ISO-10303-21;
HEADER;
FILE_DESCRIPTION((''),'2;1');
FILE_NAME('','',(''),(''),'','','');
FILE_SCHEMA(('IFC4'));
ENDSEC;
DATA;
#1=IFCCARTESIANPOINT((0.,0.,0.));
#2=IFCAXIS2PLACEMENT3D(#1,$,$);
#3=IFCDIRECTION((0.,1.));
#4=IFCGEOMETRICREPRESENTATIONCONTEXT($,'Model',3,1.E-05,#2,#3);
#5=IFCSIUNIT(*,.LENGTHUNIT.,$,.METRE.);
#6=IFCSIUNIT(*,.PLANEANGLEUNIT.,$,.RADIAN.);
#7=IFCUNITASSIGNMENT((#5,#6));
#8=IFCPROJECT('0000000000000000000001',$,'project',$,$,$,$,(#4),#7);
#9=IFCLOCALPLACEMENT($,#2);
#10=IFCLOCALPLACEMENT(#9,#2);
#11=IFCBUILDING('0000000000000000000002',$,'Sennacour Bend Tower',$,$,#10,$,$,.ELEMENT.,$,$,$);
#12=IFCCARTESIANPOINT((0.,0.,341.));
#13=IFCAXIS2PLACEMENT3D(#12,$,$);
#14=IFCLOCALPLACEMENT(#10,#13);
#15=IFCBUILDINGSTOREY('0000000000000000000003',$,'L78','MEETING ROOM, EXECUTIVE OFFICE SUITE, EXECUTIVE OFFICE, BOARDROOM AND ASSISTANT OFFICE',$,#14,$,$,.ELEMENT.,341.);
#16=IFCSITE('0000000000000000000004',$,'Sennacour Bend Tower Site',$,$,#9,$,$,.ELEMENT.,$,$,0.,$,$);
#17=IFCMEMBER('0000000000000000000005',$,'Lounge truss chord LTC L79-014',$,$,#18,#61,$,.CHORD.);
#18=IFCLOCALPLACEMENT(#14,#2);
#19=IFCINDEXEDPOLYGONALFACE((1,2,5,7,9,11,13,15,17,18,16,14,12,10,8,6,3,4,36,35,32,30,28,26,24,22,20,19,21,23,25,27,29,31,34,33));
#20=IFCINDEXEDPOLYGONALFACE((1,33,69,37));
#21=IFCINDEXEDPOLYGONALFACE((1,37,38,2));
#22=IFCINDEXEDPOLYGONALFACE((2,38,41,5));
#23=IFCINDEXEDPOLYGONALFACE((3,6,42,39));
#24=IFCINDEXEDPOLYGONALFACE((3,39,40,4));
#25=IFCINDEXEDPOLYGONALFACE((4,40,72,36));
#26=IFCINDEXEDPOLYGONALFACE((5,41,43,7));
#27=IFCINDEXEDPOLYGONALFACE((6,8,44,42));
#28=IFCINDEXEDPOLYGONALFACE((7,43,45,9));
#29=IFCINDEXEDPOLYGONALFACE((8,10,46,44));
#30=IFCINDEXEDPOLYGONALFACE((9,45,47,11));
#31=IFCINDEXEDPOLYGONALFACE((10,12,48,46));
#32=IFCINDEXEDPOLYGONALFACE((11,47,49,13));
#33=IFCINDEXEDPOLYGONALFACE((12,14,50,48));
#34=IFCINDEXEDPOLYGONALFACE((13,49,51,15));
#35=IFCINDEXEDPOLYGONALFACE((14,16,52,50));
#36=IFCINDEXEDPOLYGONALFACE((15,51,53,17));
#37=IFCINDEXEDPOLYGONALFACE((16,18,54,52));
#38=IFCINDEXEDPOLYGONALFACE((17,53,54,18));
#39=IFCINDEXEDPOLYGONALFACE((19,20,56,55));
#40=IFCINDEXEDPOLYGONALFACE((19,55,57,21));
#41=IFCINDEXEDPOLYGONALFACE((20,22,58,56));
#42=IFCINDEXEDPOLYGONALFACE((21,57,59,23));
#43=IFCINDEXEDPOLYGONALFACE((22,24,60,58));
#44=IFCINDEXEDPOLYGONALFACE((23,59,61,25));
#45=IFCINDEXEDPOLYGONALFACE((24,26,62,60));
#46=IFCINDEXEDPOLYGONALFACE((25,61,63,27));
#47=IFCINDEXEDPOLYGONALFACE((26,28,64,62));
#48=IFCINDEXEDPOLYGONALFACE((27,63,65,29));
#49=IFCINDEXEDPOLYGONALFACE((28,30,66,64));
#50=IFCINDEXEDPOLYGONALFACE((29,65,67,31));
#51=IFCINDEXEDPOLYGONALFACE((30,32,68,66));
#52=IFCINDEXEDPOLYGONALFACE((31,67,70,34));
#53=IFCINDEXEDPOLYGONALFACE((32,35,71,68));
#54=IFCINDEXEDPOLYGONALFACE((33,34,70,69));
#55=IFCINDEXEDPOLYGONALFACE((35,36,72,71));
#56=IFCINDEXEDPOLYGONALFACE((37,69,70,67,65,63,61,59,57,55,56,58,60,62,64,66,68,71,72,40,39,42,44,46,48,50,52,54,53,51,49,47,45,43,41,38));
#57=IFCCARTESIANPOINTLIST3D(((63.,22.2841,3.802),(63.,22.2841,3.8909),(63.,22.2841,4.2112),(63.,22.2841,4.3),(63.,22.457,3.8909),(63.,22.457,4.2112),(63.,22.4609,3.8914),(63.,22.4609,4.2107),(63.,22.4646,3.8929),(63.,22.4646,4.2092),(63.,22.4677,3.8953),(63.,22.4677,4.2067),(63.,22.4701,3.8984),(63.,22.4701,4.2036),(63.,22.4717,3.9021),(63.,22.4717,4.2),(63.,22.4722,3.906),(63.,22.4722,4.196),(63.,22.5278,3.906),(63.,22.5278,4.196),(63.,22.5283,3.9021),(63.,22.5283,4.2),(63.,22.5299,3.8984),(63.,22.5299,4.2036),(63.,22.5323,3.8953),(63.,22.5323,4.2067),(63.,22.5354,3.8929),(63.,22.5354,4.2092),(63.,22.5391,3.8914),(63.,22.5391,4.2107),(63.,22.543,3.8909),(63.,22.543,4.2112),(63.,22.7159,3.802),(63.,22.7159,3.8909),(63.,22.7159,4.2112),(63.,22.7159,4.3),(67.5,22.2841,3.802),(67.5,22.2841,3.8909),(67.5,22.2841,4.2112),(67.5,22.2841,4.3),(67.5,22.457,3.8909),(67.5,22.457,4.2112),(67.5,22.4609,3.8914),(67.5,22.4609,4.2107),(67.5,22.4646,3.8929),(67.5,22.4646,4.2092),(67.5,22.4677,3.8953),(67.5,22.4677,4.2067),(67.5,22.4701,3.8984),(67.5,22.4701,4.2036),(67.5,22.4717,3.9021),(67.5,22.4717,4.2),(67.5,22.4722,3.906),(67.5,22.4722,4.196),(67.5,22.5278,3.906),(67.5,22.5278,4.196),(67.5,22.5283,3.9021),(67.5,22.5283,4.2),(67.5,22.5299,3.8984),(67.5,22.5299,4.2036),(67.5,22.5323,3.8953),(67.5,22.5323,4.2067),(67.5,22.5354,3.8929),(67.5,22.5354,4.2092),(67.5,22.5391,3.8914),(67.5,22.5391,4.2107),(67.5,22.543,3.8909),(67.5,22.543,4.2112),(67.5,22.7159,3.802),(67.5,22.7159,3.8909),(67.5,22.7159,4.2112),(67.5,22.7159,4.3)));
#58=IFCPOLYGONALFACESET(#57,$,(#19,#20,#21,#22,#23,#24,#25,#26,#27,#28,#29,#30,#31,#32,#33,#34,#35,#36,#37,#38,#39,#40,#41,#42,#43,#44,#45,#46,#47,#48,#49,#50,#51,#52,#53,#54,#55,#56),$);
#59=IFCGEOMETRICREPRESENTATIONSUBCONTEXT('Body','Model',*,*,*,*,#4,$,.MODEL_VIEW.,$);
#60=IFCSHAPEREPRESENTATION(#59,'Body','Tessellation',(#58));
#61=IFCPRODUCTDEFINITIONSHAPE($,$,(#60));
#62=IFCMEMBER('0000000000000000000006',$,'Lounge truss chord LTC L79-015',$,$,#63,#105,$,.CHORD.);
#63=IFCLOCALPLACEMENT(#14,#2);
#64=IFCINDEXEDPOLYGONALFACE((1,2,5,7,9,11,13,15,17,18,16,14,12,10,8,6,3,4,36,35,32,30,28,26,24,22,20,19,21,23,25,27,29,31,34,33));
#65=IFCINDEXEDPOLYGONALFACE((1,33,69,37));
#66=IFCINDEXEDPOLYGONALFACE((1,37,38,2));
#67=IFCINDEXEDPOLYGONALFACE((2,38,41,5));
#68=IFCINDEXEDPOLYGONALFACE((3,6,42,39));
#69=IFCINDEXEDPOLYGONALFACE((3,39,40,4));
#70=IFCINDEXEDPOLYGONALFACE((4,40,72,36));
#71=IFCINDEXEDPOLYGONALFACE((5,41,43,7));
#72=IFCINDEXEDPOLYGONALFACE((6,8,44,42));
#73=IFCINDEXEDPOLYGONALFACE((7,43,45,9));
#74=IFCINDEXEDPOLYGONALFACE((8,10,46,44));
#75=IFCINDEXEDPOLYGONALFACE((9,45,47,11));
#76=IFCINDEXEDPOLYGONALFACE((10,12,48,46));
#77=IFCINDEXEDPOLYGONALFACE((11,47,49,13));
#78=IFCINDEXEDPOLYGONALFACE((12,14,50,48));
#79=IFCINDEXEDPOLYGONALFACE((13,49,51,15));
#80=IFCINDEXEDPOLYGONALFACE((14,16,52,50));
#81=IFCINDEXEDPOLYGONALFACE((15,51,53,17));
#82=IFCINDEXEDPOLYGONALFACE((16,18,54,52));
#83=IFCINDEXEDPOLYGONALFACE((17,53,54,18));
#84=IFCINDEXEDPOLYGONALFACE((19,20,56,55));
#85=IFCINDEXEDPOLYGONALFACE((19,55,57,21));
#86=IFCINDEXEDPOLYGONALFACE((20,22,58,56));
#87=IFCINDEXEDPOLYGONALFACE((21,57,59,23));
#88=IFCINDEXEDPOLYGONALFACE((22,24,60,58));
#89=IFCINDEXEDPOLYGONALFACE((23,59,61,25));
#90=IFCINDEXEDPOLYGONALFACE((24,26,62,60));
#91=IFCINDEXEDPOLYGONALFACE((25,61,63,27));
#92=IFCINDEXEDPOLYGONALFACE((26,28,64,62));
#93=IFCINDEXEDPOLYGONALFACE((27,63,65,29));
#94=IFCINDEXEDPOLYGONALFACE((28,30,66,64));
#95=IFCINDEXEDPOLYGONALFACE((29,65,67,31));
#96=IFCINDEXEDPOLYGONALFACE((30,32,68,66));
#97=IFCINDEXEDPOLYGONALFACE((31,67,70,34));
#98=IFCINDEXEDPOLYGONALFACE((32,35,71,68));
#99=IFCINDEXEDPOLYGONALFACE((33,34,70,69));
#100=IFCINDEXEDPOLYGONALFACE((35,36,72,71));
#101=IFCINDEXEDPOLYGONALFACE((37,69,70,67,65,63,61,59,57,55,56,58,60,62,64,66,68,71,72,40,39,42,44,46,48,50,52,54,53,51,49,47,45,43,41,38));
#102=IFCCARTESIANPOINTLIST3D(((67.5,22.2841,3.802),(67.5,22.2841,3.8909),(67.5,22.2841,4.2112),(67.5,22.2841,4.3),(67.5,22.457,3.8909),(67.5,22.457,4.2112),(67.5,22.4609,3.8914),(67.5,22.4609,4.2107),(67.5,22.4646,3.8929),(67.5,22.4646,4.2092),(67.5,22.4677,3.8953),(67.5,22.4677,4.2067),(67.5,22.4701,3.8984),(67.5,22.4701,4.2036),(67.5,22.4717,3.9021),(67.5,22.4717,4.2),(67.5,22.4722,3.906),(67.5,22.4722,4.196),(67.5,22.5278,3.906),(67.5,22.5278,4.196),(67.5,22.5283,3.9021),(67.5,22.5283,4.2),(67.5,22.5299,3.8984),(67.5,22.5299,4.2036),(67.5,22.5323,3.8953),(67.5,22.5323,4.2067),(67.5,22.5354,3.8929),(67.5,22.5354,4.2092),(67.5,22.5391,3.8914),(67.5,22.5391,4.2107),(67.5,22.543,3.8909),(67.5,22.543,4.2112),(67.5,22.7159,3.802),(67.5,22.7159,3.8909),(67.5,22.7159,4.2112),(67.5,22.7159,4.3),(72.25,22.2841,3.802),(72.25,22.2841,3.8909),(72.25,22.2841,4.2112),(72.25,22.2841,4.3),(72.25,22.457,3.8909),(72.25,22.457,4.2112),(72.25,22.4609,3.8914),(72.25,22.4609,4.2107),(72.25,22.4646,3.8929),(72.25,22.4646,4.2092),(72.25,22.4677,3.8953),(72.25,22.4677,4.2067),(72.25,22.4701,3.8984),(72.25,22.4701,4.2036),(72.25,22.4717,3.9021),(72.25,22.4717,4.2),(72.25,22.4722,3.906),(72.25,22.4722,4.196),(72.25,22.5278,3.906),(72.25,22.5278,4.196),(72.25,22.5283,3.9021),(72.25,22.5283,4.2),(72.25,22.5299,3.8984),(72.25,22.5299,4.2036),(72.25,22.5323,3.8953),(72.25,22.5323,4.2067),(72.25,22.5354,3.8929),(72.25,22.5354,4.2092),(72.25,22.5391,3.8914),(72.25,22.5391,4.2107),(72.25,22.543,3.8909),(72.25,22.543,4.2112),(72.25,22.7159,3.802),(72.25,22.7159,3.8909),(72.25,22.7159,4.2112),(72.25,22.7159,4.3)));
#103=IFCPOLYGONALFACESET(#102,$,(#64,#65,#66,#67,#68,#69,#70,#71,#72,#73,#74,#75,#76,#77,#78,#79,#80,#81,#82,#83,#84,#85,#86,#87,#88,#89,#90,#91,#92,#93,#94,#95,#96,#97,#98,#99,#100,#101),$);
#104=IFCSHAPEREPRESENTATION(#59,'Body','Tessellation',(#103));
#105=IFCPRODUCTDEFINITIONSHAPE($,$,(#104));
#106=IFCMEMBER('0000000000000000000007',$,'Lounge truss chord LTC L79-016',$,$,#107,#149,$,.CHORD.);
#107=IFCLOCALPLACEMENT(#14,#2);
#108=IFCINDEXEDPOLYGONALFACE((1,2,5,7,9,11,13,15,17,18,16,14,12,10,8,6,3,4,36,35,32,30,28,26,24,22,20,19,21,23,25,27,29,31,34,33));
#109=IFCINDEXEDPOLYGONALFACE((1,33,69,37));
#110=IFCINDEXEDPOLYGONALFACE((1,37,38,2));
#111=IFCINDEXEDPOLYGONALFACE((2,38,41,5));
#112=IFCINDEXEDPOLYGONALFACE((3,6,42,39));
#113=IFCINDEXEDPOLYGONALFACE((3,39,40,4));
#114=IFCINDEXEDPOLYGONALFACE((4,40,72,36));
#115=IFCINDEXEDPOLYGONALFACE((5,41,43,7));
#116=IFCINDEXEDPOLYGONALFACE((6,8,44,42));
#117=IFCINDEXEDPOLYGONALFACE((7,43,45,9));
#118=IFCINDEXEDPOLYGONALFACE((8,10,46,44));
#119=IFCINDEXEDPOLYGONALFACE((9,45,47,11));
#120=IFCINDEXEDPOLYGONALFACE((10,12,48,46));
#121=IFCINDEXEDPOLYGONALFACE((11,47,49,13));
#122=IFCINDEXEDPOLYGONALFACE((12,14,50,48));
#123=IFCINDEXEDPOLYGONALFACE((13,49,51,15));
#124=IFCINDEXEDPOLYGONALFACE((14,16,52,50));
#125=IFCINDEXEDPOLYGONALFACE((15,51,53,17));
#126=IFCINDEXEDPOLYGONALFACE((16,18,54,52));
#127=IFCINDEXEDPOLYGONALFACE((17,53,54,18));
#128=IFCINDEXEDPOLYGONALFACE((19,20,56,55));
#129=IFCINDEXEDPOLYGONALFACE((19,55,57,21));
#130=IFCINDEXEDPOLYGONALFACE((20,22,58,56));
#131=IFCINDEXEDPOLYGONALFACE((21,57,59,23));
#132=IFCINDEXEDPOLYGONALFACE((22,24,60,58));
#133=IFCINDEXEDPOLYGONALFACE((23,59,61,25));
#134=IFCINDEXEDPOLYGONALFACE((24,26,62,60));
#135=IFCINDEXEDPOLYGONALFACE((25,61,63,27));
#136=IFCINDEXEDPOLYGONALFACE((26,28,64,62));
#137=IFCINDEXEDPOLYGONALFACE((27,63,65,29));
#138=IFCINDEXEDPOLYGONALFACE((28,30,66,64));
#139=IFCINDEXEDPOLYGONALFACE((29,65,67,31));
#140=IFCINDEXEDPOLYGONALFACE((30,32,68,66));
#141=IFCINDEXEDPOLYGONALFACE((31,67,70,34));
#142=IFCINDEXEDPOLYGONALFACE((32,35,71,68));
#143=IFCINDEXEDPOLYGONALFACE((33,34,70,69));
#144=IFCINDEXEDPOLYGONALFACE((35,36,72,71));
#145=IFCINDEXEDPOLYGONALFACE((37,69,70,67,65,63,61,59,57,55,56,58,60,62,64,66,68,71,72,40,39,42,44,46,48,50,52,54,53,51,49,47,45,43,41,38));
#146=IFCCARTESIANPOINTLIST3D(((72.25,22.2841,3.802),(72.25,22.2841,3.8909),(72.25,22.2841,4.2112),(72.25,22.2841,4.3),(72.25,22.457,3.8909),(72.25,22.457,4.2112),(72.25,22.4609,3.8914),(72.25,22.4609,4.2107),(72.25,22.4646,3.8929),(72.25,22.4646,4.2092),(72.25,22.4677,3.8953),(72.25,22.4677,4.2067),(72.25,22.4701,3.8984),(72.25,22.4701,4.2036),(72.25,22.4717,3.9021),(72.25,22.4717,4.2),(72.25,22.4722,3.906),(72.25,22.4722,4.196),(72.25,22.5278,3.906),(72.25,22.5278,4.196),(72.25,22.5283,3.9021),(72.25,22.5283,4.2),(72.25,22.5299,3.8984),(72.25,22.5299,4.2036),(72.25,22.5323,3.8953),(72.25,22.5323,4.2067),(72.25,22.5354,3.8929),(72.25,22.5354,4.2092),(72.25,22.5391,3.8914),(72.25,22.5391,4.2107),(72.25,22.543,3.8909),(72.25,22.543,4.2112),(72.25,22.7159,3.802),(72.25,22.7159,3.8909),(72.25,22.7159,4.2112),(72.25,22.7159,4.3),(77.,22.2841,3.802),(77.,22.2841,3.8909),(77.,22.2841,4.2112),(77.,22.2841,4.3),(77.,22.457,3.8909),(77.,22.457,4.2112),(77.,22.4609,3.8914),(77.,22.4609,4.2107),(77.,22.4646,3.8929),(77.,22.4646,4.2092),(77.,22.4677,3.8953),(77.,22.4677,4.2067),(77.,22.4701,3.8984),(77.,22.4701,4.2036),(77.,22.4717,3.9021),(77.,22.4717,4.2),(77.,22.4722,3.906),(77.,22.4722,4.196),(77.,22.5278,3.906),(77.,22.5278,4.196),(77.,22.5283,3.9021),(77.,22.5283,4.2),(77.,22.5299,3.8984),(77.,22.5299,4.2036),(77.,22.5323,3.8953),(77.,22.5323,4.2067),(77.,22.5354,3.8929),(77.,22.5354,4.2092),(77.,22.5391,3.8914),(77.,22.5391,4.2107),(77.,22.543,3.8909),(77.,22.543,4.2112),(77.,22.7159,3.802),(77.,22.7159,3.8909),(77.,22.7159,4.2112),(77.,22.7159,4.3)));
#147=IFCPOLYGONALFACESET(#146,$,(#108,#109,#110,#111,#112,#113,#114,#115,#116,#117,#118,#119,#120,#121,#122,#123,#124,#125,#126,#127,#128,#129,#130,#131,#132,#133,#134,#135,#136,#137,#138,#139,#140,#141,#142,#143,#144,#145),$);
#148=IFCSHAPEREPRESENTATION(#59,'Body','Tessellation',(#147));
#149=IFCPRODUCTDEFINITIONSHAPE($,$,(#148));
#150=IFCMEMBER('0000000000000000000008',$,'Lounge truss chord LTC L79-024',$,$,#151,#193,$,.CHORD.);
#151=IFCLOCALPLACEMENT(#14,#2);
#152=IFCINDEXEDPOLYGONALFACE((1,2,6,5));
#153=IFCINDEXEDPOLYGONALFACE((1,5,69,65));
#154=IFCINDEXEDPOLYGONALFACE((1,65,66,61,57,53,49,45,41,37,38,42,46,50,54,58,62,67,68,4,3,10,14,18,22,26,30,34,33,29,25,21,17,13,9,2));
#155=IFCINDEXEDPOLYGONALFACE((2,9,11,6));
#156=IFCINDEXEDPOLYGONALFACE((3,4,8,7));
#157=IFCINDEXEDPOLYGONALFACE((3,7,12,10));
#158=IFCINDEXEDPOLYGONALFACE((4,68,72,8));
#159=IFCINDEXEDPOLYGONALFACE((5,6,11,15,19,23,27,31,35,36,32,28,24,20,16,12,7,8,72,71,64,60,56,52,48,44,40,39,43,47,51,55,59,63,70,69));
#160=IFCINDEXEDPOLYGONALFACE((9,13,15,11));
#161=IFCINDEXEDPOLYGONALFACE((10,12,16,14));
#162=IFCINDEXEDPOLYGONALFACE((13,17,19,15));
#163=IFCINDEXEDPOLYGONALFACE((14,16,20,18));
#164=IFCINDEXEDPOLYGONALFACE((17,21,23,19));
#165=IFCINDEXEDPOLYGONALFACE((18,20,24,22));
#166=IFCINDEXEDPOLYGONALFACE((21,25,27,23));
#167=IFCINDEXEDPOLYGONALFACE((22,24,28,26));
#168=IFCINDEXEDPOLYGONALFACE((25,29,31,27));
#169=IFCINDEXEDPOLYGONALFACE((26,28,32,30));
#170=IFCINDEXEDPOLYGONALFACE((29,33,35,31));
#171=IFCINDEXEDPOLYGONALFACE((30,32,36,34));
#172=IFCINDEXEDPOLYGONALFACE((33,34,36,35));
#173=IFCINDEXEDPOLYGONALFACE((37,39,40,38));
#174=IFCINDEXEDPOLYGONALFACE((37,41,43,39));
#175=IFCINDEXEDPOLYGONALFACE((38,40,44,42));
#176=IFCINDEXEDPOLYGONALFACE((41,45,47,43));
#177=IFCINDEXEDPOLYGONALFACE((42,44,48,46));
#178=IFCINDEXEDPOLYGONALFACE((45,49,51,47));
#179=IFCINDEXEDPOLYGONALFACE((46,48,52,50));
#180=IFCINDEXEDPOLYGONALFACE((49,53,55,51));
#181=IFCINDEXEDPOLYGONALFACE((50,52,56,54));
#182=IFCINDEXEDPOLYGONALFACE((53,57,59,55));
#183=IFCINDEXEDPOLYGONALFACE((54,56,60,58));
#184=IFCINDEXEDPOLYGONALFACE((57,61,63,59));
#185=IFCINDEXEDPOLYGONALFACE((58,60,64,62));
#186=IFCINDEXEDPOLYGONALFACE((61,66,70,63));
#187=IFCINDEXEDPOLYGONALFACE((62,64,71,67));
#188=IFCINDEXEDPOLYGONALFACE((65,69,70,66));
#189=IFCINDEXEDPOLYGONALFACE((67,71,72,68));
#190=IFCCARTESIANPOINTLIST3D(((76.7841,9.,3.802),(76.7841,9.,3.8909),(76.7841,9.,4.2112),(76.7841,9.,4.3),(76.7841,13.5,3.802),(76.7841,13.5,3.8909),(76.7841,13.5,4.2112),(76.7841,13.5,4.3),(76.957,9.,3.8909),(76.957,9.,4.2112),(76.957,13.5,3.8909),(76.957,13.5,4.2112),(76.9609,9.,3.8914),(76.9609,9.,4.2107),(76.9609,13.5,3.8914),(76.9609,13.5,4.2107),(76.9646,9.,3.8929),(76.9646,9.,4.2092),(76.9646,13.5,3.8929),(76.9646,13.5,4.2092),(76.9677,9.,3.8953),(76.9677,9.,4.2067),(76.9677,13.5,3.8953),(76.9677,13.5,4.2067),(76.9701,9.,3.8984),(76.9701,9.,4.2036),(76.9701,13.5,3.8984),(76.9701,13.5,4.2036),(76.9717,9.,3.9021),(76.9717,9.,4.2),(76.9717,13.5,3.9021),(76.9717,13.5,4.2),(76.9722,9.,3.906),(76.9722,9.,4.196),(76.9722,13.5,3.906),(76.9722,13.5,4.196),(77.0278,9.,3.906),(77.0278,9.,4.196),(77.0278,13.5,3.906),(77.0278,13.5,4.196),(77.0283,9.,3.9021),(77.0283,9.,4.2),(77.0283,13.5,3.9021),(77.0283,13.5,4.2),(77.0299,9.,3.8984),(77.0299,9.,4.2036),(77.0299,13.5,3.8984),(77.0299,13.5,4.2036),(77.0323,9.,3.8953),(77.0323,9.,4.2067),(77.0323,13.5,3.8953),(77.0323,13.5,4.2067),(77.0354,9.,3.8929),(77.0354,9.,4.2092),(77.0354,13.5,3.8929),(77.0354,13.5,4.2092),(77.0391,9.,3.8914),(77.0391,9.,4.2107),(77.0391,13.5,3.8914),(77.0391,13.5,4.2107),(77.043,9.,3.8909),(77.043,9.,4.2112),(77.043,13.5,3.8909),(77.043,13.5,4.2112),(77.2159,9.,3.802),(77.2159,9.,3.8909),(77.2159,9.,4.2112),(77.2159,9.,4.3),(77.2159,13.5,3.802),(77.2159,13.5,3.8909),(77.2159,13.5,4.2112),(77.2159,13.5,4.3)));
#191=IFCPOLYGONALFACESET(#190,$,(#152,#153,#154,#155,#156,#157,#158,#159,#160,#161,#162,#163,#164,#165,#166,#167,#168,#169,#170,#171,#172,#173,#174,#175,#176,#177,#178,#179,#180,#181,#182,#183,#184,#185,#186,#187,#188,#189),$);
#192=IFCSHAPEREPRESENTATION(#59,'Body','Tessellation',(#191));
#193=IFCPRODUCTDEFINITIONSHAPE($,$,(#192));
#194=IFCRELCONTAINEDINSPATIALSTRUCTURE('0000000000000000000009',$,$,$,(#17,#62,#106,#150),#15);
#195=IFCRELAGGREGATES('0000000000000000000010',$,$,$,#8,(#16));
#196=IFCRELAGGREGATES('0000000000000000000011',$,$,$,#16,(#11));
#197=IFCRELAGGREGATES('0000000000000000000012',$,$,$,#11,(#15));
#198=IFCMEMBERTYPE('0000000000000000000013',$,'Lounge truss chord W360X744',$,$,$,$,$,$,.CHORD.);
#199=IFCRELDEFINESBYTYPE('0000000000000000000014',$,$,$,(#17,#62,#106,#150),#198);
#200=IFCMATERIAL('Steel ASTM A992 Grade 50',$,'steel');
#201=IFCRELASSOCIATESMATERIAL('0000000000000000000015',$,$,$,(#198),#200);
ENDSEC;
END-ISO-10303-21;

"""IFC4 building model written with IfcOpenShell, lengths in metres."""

from ifc_helpers import new_model, si_unit, direction, frame, origin, origin_2d, place, context, subcontext, project, spatial, i_section, extrude, material, material_profile, profile_set, type_object, element, save


model = new_model("IFC4")

# Units and contexts
model_context = context("Model", 3, precision=1e-05, world=origin(), true_north=direction((0.0, 1.0)))
body_context = subcontext(model_context, "Body", "Model", "MODEL_VIEW")
ifc_project = project(units=[si_unit("LENGTHUNIT", "METRE"), si_unit("PLANEANGLEUNIT", "RADIAN")], contexts=[model_context])

# Site, building, storey
site_placement = place(None, origin())
site = spatial("IfcSite", under=ifc_project, at=site_placement, Name="Sennacour Bend Tower Site", CompositionType="ELEMENT", RefElevation=0.0)
building_placement = place(site_placement, origin())
building = spatial("IfcBuilding", under=site, at=building_placement, Name="Sennacour Bend Tower", CompositionType="ELEMENT")
storey_placement = place(building_placement, frame((0.0, 0.0, 341.0)))
storey = spatial("IfcBuildingStorey", under=building, at=storey_placement, Name="L78", Description="MEETING ROOM, EXECUTIVE OFFICE SUITE, EXECUTIVE OFFICE, BOARDROOM AND ASSISTANT OFFICE", CompositionType="ELEMENT", Elevation=341.0)

# Members
ifc_material_1 = material(Name="Steel ASTM A992 Grade 50", Category="steel")
ifc_material_profile = material_profile(ifc_material_1, i_section(OverallWidth=0.4319, OverallDepth=0.498, WebThickness=0.0557, FlangeThickness=0.0889, FilletRadius=0.0151, at=origin_2d()), Name="Steel ASTM A992 Grade 50", Category="steel")
ifc_profile_set = profile_set([ifc_material_profile], Name="Steel ASTM A992 Grade 50")
member_type = type_object("IfcMemberType", Name="Lounge truss chord W360X744", PredefinedType="CHORD", material=ifc_profile_set)
member_placement = place(storey_placement, frame((63.0, 22.5, 4.051), z_axis=(1.0, 0.0, 0.0), x_axis=(0.0, 1.0, 0.0)))
element("IfcMember", 1, at=member_placement, inside=storey, type_object=member_type, Name="Lounge truss chord LTC L79-014", PredefinedType="CHORD", context=body_context, shape_type="SweptSolid", body=[
    extrude(i_section(OverallWidth=0.4319, OverallDepth=0.498, WebThickness=0.0557, FlangeThickness=0.0889, FilletRadius=0.0151, at=origin_2d()), origin(), (0.0, 0.0, 1.0), 4.5),
])
for number, where, z_axis, x_axis, name in (
    (2, (67.5, 22.5, 4.051), (1.0, 0.0, 0.0), (0.0, 1.0, 0.0), "Lounge truss chord LTC L79-015"),
    (3, (72.25, 22.5, 4.051), (1.0, 0.0, 0.0), (0.0, 1.0, 0.0), "Lounge truss chord LTC L79-016"),
):
    element("IfcMember", number, at=place(storey_placement, frame(where, z_axis=z_axis, x_axis=x_axis)), inside=storey, type_object=member_type, Name=name, PredefinedType="CHORD", context=body_context, shape_type="SweptSolid", body=[
        extrude(i_section(OverallWidth=0.4319, OverallDepth=0.498, WebThickness=0.0557, FlangeThickness=0.0889, FilletRadius=0.0151, at=origin_2d()), origin(), (0.0, 0.0, 1.0), 4.75),
    ])
for number, where, z_axis, x_axis, name in (
    (4, (77.0, 9.0, 4.051), (0.0, 1.0, 0.0), (-1.0, 0.0, 0.0), "Lounge truss chord LTC L79-024"),
):
    element("IfcMember", number, at=place(storey_placement, frame(where, z_axis=z_axis, x_axis=x_axis)), inside=storey, type_object=member_type, Name=name, PredefinedType="CHORD", context=body_context, shape_type="SweptSolid", body=[
        extrude(i_section(OverallWidth=0.4319, OverallDepth=0.498, WebThickness=0.0557, FlangeThickness=0.0889, FilletRadius=0.0151, at=origin_2d()), origin(), (0.0, 0.0, 1.0), 4.5),
    ])

save(model, "model.ifc")
